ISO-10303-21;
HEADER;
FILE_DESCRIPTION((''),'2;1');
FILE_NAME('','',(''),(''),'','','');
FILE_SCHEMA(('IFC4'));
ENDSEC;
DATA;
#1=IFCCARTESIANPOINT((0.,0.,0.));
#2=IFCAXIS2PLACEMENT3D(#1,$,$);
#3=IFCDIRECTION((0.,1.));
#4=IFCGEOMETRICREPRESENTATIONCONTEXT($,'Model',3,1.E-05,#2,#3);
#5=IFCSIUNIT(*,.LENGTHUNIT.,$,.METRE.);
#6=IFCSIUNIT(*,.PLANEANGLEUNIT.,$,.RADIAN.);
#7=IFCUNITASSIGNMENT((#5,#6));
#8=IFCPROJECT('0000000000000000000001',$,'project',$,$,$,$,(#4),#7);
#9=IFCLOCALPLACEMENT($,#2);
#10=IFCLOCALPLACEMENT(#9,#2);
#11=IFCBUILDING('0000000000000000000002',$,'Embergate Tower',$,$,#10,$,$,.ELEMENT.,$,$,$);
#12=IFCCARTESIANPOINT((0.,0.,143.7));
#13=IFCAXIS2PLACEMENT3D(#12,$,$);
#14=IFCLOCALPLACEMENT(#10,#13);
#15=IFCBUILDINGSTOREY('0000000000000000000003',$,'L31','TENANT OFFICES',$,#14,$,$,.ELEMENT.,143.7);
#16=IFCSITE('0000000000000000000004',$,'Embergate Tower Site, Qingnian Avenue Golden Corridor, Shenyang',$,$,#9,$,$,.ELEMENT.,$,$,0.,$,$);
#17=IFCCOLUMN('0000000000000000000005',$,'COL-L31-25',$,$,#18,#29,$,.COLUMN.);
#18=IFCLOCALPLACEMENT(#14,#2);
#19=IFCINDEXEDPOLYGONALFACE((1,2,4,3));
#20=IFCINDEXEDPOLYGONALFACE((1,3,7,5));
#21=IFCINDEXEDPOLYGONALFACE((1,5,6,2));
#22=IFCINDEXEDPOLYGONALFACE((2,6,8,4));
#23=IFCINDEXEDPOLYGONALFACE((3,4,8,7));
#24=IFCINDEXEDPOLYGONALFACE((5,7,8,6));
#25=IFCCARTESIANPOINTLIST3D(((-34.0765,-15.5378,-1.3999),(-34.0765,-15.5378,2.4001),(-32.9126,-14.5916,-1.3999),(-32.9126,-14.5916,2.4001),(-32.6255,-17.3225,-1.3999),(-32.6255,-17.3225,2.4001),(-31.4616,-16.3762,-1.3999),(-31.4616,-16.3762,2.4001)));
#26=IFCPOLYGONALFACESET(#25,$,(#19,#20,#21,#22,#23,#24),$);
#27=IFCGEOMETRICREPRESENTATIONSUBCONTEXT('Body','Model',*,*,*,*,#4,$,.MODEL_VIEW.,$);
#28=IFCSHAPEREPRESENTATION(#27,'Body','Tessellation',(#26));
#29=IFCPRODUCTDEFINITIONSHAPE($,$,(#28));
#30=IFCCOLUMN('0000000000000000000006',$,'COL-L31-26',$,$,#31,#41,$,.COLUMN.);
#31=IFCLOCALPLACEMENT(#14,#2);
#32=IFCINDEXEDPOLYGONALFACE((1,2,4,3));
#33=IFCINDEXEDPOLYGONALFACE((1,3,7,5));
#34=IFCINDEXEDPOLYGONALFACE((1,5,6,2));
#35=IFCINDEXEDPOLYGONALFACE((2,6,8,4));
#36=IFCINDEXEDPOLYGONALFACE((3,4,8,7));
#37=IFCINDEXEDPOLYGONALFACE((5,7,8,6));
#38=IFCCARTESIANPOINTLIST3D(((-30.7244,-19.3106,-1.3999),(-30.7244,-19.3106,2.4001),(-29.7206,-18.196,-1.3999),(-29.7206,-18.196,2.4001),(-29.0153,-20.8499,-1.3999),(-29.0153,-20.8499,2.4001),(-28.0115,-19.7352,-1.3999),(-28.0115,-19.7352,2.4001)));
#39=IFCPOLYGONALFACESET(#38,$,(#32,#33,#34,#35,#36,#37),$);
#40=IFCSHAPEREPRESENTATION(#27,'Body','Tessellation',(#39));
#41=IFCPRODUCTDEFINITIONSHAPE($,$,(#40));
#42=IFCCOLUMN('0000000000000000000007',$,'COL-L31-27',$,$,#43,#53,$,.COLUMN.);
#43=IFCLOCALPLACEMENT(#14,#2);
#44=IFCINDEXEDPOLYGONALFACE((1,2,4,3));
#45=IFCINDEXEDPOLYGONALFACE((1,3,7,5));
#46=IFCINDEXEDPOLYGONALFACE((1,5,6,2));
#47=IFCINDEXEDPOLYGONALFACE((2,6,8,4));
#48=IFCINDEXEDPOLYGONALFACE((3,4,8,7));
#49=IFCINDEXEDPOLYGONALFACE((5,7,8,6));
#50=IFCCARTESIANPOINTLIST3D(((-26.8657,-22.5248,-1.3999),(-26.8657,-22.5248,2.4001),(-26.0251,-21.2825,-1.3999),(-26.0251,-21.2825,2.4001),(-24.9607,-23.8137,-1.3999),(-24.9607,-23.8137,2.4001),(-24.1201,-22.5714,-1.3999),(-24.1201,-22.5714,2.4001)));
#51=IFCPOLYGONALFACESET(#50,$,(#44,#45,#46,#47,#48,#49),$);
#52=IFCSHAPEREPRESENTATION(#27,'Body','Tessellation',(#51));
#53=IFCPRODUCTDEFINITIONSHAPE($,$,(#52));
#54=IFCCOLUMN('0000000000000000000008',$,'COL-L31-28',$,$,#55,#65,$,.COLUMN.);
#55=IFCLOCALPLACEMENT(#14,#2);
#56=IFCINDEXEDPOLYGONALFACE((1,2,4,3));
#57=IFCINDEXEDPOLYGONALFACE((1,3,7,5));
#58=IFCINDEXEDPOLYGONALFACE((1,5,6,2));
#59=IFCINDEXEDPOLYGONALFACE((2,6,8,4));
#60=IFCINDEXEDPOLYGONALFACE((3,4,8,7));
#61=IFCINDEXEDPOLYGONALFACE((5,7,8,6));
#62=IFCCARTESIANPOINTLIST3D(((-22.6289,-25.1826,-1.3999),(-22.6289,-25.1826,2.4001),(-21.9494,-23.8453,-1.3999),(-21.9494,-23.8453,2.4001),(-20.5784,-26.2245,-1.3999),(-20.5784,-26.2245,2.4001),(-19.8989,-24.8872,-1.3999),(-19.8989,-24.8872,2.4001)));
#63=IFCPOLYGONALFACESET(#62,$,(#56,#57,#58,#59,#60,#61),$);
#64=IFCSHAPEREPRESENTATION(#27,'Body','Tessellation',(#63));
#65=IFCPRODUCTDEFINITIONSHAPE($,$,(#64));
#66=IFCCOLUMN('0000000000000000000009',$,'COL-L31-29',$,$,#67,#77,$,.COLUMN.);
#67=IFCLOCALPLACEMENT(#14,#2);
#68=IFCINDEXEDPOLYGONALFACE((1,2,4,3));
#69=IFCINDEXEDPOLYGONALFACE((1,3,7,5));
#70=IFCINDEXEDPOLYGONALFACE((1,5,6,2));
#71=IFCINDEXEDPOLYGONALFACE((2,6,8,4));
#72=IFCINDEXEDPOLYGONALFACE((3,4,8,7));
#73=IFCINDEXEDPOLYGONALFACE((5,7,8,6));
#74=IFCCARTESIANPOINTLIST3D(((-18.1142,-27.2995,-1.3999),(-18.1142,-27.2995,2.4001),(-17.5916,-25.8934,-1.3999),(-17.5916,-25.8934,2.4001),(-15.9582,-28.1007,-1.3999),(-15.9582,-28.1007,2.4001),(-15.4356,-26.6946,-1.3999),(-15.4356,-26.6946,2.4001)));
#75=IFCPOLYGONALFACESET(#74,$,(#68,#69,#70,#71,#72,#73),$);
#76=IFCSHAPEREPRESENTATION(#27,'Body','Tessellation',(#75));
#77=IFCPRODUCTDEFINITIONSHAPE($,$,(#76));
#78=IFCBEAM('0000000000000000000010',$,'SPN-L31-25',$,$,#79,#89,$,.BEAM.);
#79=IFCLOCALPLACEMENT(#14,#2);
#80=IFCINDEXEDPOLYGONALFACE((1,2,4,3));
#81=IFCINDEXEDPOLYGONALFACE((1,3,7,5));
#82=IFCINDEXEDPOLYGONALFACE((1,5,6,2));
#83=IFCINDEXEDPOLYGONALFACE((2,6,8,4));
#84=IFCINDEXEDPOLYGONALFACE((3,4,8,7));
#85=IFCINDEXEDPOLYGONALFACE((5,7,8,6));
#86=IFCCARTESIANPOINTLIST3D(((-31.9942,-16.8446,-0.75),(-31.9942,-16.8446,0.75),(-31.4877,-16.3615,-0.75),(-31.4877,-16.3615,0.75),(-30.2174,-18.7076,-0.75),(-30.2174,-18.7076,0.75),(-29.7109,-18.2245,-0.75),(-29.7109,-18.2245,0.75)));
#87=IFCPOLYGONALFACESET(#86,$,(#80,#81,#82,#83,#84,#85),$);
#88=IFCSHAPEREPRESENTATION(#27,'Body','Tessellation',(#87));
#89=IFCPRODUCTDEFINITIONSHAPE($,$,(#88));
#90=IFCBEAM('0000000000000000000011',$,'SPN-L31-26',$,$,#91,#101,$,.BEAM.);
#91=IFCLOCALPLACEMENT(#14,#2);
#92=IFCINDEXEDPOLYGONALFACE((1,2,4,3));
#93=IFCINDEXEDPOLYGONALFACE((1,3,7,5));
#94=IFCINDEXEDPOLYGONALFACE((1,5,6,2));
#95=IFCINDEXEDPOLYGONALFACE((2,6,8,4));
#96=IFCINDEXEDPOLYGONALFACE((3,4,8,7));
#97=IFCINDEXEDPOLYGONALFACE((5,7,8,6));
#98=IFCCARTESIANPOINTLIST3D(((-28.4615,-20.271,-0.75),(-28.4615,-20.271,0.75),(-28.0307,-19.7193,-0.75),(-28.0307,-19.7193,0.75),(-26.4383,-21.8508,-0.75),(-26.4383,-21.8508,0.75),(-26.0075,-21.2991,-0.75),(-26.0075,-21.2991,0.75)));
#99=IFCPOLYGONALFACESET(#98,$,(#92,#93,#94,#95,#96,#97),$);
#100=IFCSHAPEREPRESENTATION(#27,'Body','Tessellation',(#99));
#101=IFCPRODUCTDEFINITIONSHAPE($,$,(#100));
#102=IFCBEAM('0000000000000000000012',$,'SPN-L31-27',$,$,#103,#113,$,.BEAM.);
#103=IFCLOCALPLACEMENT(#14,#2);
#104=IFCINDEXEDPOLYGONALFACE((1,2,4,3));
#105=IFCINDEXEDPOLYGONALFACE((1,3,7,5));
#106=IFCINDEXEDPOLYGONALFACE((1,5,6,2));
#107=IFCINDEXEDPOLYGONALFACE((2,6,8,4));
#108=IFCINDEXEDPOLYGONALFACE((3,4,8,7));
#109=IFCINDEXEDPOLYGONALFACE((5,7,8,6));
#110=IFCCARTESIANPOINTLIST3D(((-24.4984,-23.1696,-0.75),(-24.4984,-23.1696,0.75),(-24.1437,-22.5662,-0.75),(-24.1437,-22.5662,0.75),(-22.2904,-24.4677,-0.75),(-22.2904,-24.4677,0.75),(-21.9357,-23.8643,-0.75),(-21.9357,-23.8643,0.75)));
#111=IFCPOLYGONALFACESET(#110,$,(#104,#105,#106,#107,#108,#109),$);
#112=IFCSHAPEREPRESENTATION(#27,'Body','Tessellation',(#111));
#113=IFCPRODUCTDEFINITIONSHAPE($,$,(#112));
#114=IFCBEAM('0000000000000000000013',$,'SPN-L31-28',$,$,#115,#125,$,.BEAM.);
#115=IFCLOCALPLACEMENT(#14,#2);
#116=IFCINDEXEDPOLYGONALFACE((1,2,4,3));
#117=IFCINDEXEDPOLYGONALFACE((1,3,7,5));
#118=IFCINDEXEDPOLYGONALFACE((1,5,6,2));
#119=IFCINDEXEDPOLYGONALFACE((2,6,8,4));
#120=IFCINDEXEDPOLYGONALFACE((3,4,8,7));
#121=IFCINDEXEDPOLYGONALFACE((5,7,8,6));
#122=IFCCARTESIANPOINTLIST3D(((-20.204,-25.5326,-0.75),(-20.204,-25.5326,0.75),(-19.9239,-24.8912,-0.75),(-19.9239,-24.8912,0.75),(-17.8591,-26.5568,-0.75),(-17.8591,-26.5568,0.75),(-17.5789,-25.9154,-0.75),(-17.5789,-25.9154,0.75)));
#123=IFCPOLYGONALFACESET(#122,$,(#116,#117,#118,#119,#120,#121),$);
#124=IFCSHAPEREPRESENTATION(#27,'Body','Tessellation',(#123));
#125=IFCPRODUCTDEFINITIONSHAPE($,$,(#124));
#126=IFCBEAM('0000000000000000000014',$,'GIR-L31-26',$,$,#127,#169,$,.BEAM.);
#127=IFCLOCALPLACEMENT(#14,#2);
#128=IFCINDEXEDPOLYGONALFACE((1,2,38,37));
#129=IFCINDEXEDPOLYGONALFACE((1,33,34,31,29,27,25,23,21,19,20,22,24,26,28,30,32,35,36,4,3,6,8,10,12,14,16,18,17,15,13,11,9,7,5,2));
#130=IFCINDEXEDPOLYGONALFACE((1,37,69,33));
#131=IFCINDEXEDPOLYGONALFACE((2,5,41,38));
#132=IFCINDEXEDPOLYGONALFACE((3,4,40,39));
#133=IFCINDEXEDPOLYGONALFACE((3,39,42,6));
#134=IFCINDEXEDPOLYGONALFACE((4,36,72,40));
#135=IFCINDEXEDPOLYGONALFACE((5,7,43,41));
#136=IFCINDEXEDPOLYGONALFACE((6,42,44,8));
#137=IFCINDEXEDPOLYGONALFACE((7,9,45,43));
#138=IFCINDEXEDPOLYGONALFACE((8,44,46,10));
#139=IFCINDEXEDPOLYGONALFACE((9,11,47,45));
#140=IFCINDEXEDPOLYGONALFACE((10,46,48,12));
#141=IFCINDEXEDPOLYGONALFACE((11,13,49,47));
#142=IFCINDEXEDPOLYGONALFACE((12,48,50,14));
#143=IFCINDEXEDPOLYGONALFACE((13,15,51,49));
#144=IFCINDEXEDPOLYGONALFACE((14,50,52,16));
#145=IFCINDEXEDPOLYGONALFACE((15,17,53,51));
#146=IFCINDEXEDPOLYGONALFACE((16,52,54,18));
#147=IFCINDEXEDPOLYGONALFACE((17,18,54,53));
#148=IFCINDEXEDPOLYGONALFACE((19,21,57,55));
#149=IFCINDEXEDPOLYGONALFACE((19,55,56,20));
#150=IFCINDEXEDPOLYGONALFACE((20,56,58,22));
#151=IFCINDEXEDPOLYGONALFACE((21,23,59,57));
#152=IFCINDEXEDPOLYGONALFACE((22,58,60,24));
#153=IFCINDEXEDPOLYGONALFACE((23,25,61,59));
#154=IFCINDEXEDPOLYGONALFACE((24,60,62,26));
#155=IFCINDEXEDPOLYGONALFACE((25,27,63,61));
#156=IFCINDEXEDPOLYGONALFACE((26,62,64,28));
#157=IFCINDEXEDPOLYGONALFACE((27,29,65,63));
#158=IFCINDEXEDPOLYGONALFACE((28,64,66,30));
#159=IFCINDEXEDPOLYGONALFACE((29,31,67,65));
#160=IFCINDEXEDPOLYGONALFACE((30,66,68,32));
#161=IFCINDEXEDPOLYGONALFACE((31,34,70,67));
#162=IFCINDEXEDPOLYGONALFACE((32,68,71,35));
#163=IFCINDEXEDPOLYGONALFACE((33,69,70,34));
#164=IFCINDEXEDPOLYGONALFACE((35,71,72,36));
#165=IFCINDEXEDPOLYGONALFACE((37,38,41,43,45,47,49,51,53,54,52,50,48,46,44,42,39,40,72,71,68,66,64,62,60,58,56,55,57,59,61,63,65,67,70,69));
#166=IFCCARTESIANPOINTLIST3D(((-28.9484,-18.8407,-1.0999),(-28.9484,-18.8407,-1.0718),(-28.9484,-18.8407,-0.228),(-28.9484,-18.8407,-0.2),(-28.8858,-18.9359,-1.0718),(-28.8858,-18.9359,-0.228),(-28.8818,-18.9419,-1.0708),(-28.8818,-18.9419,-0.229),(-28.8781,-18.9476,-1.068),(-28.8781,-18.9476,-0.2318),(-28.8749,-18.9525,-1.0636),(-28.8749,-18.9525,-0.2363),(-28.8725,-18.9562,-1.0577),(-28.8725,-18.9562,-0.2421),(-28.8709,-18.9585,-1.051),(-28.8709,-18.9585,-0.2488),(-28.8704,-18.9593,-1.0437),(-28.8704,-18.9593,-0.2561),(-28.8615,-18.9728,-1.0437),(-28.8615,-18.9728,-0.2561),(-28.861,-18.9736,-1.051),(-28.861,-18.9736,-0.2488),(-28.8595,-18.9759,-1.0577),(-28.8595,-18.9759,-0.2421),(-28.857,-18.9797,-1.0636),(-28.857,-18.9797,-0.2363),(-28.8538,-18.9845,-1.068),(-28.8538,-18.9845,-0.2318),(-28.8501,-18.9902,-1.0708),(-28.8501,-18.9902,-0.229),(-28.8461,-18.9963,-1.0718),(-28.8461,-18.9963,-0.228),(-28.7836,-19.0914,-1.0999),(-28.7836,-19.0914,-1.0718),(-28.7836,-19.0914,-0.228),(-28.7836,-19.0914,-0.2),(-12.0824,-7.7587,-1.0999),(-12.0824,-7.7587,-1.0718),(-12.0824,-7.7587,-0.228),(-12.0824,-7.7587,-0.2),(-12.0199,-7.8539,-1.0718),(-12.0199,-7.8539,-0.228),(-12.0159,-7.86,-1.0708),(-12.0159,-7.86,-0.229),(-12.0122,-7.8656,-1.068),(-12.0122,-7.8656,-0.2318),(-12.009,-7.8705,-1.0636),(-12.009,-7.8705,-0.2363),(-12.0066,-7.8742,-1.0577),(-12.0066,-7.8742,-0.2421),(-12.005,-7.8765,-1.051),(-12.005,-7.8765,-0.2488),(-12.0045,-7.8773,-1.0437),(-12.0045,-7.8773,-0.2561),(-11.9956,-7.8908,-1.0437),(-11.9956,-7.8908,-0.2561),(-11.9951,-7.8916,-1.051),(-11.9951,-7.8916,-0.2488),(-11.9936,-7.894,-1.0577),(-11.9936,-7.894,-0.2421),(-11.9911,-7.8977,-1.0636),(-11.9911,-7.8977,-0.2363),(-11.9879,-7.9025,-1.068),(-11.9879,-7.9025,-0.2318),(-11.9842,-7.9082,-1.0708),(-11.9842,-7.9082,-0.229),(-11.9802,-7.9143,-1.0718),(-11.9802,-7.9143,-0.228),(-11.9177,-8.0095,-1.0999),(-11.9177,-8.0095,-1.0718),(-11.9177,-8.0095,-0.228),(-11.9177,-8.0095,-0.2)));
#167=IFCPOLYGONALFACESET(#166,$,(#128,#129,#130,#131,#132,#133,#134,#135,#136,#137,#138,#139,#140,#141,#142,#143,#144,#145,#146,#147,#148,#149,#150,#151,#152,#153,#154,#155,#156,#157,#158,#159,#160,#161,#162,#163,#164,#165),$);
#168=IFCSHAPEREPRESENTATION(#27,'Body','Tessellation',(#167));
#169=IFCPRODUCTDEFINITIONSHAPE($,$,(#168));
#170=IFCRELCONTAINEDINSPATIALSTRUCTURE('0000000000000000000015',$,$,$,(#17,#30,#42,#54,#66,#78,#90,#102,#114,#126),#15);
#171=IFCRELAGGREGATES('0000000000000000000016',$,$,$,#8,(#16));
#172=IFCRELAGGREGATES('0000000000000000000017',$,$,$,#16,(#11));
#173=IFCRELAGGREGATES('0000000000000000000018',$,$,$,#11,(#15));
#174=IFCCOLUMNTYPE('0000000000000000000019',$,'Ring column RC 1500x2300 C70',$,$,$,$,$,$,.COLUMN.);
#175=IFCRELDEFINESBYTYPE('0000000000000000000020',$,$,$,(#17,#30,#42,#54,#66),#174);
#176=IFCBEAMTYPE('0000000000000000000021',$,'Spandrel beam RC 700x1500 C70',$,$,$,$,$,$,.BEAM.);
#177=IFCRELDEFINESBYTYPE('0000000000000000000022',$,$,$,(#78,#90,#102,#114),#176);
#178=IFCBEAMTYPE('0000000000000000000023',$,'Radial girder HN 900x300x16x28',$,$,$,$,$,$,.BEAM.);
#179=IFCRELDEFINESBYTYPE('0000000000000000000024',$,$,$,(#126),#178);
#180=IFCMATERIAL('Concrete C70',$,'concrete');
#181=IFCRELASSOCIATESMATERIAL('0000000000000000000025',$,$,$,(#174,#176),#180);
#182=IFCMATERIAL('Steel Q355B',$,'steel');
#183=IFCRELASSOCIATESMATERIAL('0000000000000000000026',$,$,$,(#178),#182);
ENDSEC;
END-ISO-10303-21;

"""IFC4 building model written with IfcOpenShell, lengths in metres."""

from ifc_helpers import new_model, si_unit, direction, frame, origin, origin_2d, place, context, subcontext, project, spatial, rectangle, i_section, extrude, source, transform, mapped, material, material_profile, profile_set, type_object, element, save


model = new_model("IFC4")

# Units and contexts
model_context = context("Model", 3, precision=1e-05, world=origin(), true_north=direction((0.0, 1.0)))
body_context = subcontext(model_context, "Body", "Model", "MODEL_VIEW")
ifc_project = project(units=[si_unit("LENGTHUNIT", "METRE"), si_unit("PLANEANGLEUNIT", "RADIAN")], contexts=[model_context])

# Site, building, storey
site_placement = place(None, origin())
site = spatial("IfcSite", under=ifc_project, at=site_placement, Name="Embergate Tower Site, Qingnian Avenue Golden Corridor, Shenyang", CompositionType="ELEMENT", RefElevation=0.0)
building_placement = place(site_placement, origin())
building = spatial("IfcBuilding", under=site, at=building_placement, Name="Embergate Tower", CompositionType="ELEMENT")
storey_placement = place(building_placement, frame((0.0, 0.0, 143.7)))
storey = spatial("IfcBuildingStorey", under=building, at=storey_placement, Name="L31", Description="TENANT OFFICES", CompositionType="ELEMENT", Elevation=143.7)

# Columns
ifc_material_1 = material(Name="Concrete C70", Category="concrete")
ifc_material_profile_1 = material_profile(ifc_material_1, rectangle(XDim=1.5, YDim=2.3, at=origin_2d()), Name="RC 1500x2300")
ifc_profile_set_1 = profile_set([ifc_material_profile_1], Name="Concrete C70")
column_type = type_object("IfcColumnType", Name="Ring column RC 1500x2300 C70", PredefinedType="COLUMN", material=ifc_profile_set_1)
shared_shape_1 = source(origin(), body_context, "Body", "SweptSolid", [
    extrude(rectangle(XDim=1.5, YDim=2.3, at=origin_2d()), origin(), (0.0, 0.0, 1.0), 3.8),
])
for number, where, z_axis, x_axis, name in (
    (1, (-32.769, -15.957, -1.3999), (0.0, 0.0, 1.0), (-0.775914, -0.630838, 0.0), "COL-L31-25"),
    (2, (-29.3679, -19.5229, -1.3999), (0.0, 0.0, 1.0), (-0.669208, -0.743075, 0.0), "COL-L31-26"),
    (3, (-25.4929, -22.5481, -1.3999), (0.0, 0.0, 1.0), (-0.560393, -0.828227, 0.0), "COL-L31-27"),
    (4, (-21.2639, -25.0349, -1.3999), (0.0, 0.0, 1.0), (-0.452995, -0.891513, 0.0), "COL-L31-28"),
    (5, (-16.7749, -26.9971, -1.3999), (0.0, 0.0, 1.0), (-0.348343, -0.937367, 0.0), "COL-L31-29"),
):
    element("IfcColumn", number, at=place(storey_placement, frame(where, z_axis=z_axis, x_axis=x_axis)), inside=storey, type_object=column_type, Name=name, PredefinedType="COLUMN", context=body_context, shape_type="MappedRepresentation", body=[
        mapped(shared_shape_1, transform((0.0, 0.0, 0.0))),
    ])

# Beams
ifc_material_profile_2 = material_profile(ifc_material_1, rectangle(XDim=0.7, YDim=1.5, at=origin_2d()), Name="RC 700x1500")
ifc_profile_set_2 = profile_set([ifc_material_profile_2], Name="Concrete C70")
beam_type_1 = type_object("IfcBeamType", Name="Spandrel beam RC 700x1500 C70", PredefinedType="BEAM", material=ifc_profile_set_2)
shared_shape_2 = source(origin(), body_context, "Body", "SweptSolid", [
    extrude(rectangle(XDim=0.7, YDim=1.5, at=origin_2d()), origin(), (0.0, 0.0, 1.0), 2.5745),
])
beam_1_placement = place(storey_placement, frame((-31.741, -16.603, 0.0), z_axis=(0.690171, -0.723646, 0.0), x_axis=(0.723646, 0.690171, 0.0)))
element("IfcBeam", 6, at=beam_1_placement, inside=storey, type_object=beam_type_1, Name="SPN-L31-25", PredefinedType="BEAM", context=body_context, shape_type="MappedRepresentation", body=[
    mapped(shared_shape_2, transform((0.0, 0.0, 0.0))),
])
shared_shape_3 = source(origin(), body_context, "Body", "SweptSolid", [
    extrude(rectangle(XDim=0.7, YDim=1.5, at=origin_2d()), origin(), (0.0, 0.0, 1.0), 2.5669),
])
beam_2_placement = place(storey_placement, frame((-28.2461, -19.9951, 0.0), z_axis=(0.788173, -0.615454, 0.0), x_axis=(0.615454, 0.788173, 0.0)))
element("IfcBeam", 7, at=beam_2_placement, inside=storey, type_object=beam_type_1, Name="SPN-L31-26", PredefinedType="BEAM", context=body_context, shape_type="MappedRepresentation", body=[
    mapped(shared_shape_3, transform((0.0, 0.0, 0.0))),
])
shared_shape_4 = source(origin(), body_context, "Body", "SweptSolid", [
    extrude(rectangle(XDim=0.7, YDim=1.5, at=origin_2d()), origin(), (0.0, 0.0, 1.0), 2.5613),
])
beam_3_placement = place(storey_placement, frame((-24.321, -22.8679, 0.0), z_axis=(0.862059, -0.506808, 0.0), x_axis=(0.506808, 0.862059, 0.0)))
element("IfcBeam", 8, at=beam_3_placement, inside=storey, type_object=beam_type_1, Name="SPN-L31-27", PredefinedType="BEAM", context=body_context, shape_type="MappedRepresentation", body=[
    mapped(shared_shape_4, transform((0.0, 0.0, 0.0))),
])
shared_shape_5 = source(origin(), body_context, "Body", "SweptSolid", [
    extrude(rectangle(XDim=0.7, YDim=1.5, at=origin_2d()), origin(), (0.0, 0.0, 1.0), 2.5588),
])
beam_4_placement = place(storey_placement, frame((-20.064, -25.2119, 0.0), z_axis=(0.916409, -0.400243, 0.0), x_axis=(0.400243, 0.916409, 0.0)))
element("IfcBeam", 9, at=beam_4_placement, inside=storey, type_object=beam_type_1, Name="SPN-L31-28", PredefinedType="BEAM", context=body_context, shape_type="MappedRepresentation", body=[
    mapped(shared_shape_5, transform((0.0, 0.0, 0.0))),
])
ifc_material_2 = material(Name="Steel Q355B", Category="steel")
ifc_material_profile_3 = material_profile(ifc_material_2, i_section(OverallWidth=0.3, OverallDepth=0.8999, WebThickness=0.0161, FlangeThickness=0.0281, FilletRadius=0.0281, at=origin_2d()), Name="HN 900x300x16x28")
ifc_profile_set_3 = profile_set([ifc_material_profile_3], Name="Steel Q355 grade B")
beam_type_2 = type_object("IfcBeamType", Name="Radial girder HN 900x300x16x28", PredefinedType="BEAM", material=ifc_profile_set_3)
shared_shape_6 = source(origin(), body_context, "Body", "SweptSolid", [
    extrude(i_section(OverallWidth=0.3, OverallDepth=0.8999, WebThickness=0.0161, FlangeThickness=0.0281, FilletRadius=0.0281, at=origin_2d()), origin(), (0.0, 0.0, 1.0), 20.1809),
])
beam_5_placement = place(storey_placement, frame((-28.866, -18.9661, -0.6499), z_axis=(0.835735, 0.549132, 0.0), x_axis=(-0.549132, 0.835735, 0.0)))
element("IfcBeam", 10, at=beam_5_placement, inside=storey, type_object=beam_type_2, Name="GIR-L31-26", PredefinedType="BEAM", context=body_context, shape_type="MappedRepresentation", body=[
    mapped(shared_shape_6, transform((0.0, 0.0, 0.0))),
])

save(model, "model.ifc")
